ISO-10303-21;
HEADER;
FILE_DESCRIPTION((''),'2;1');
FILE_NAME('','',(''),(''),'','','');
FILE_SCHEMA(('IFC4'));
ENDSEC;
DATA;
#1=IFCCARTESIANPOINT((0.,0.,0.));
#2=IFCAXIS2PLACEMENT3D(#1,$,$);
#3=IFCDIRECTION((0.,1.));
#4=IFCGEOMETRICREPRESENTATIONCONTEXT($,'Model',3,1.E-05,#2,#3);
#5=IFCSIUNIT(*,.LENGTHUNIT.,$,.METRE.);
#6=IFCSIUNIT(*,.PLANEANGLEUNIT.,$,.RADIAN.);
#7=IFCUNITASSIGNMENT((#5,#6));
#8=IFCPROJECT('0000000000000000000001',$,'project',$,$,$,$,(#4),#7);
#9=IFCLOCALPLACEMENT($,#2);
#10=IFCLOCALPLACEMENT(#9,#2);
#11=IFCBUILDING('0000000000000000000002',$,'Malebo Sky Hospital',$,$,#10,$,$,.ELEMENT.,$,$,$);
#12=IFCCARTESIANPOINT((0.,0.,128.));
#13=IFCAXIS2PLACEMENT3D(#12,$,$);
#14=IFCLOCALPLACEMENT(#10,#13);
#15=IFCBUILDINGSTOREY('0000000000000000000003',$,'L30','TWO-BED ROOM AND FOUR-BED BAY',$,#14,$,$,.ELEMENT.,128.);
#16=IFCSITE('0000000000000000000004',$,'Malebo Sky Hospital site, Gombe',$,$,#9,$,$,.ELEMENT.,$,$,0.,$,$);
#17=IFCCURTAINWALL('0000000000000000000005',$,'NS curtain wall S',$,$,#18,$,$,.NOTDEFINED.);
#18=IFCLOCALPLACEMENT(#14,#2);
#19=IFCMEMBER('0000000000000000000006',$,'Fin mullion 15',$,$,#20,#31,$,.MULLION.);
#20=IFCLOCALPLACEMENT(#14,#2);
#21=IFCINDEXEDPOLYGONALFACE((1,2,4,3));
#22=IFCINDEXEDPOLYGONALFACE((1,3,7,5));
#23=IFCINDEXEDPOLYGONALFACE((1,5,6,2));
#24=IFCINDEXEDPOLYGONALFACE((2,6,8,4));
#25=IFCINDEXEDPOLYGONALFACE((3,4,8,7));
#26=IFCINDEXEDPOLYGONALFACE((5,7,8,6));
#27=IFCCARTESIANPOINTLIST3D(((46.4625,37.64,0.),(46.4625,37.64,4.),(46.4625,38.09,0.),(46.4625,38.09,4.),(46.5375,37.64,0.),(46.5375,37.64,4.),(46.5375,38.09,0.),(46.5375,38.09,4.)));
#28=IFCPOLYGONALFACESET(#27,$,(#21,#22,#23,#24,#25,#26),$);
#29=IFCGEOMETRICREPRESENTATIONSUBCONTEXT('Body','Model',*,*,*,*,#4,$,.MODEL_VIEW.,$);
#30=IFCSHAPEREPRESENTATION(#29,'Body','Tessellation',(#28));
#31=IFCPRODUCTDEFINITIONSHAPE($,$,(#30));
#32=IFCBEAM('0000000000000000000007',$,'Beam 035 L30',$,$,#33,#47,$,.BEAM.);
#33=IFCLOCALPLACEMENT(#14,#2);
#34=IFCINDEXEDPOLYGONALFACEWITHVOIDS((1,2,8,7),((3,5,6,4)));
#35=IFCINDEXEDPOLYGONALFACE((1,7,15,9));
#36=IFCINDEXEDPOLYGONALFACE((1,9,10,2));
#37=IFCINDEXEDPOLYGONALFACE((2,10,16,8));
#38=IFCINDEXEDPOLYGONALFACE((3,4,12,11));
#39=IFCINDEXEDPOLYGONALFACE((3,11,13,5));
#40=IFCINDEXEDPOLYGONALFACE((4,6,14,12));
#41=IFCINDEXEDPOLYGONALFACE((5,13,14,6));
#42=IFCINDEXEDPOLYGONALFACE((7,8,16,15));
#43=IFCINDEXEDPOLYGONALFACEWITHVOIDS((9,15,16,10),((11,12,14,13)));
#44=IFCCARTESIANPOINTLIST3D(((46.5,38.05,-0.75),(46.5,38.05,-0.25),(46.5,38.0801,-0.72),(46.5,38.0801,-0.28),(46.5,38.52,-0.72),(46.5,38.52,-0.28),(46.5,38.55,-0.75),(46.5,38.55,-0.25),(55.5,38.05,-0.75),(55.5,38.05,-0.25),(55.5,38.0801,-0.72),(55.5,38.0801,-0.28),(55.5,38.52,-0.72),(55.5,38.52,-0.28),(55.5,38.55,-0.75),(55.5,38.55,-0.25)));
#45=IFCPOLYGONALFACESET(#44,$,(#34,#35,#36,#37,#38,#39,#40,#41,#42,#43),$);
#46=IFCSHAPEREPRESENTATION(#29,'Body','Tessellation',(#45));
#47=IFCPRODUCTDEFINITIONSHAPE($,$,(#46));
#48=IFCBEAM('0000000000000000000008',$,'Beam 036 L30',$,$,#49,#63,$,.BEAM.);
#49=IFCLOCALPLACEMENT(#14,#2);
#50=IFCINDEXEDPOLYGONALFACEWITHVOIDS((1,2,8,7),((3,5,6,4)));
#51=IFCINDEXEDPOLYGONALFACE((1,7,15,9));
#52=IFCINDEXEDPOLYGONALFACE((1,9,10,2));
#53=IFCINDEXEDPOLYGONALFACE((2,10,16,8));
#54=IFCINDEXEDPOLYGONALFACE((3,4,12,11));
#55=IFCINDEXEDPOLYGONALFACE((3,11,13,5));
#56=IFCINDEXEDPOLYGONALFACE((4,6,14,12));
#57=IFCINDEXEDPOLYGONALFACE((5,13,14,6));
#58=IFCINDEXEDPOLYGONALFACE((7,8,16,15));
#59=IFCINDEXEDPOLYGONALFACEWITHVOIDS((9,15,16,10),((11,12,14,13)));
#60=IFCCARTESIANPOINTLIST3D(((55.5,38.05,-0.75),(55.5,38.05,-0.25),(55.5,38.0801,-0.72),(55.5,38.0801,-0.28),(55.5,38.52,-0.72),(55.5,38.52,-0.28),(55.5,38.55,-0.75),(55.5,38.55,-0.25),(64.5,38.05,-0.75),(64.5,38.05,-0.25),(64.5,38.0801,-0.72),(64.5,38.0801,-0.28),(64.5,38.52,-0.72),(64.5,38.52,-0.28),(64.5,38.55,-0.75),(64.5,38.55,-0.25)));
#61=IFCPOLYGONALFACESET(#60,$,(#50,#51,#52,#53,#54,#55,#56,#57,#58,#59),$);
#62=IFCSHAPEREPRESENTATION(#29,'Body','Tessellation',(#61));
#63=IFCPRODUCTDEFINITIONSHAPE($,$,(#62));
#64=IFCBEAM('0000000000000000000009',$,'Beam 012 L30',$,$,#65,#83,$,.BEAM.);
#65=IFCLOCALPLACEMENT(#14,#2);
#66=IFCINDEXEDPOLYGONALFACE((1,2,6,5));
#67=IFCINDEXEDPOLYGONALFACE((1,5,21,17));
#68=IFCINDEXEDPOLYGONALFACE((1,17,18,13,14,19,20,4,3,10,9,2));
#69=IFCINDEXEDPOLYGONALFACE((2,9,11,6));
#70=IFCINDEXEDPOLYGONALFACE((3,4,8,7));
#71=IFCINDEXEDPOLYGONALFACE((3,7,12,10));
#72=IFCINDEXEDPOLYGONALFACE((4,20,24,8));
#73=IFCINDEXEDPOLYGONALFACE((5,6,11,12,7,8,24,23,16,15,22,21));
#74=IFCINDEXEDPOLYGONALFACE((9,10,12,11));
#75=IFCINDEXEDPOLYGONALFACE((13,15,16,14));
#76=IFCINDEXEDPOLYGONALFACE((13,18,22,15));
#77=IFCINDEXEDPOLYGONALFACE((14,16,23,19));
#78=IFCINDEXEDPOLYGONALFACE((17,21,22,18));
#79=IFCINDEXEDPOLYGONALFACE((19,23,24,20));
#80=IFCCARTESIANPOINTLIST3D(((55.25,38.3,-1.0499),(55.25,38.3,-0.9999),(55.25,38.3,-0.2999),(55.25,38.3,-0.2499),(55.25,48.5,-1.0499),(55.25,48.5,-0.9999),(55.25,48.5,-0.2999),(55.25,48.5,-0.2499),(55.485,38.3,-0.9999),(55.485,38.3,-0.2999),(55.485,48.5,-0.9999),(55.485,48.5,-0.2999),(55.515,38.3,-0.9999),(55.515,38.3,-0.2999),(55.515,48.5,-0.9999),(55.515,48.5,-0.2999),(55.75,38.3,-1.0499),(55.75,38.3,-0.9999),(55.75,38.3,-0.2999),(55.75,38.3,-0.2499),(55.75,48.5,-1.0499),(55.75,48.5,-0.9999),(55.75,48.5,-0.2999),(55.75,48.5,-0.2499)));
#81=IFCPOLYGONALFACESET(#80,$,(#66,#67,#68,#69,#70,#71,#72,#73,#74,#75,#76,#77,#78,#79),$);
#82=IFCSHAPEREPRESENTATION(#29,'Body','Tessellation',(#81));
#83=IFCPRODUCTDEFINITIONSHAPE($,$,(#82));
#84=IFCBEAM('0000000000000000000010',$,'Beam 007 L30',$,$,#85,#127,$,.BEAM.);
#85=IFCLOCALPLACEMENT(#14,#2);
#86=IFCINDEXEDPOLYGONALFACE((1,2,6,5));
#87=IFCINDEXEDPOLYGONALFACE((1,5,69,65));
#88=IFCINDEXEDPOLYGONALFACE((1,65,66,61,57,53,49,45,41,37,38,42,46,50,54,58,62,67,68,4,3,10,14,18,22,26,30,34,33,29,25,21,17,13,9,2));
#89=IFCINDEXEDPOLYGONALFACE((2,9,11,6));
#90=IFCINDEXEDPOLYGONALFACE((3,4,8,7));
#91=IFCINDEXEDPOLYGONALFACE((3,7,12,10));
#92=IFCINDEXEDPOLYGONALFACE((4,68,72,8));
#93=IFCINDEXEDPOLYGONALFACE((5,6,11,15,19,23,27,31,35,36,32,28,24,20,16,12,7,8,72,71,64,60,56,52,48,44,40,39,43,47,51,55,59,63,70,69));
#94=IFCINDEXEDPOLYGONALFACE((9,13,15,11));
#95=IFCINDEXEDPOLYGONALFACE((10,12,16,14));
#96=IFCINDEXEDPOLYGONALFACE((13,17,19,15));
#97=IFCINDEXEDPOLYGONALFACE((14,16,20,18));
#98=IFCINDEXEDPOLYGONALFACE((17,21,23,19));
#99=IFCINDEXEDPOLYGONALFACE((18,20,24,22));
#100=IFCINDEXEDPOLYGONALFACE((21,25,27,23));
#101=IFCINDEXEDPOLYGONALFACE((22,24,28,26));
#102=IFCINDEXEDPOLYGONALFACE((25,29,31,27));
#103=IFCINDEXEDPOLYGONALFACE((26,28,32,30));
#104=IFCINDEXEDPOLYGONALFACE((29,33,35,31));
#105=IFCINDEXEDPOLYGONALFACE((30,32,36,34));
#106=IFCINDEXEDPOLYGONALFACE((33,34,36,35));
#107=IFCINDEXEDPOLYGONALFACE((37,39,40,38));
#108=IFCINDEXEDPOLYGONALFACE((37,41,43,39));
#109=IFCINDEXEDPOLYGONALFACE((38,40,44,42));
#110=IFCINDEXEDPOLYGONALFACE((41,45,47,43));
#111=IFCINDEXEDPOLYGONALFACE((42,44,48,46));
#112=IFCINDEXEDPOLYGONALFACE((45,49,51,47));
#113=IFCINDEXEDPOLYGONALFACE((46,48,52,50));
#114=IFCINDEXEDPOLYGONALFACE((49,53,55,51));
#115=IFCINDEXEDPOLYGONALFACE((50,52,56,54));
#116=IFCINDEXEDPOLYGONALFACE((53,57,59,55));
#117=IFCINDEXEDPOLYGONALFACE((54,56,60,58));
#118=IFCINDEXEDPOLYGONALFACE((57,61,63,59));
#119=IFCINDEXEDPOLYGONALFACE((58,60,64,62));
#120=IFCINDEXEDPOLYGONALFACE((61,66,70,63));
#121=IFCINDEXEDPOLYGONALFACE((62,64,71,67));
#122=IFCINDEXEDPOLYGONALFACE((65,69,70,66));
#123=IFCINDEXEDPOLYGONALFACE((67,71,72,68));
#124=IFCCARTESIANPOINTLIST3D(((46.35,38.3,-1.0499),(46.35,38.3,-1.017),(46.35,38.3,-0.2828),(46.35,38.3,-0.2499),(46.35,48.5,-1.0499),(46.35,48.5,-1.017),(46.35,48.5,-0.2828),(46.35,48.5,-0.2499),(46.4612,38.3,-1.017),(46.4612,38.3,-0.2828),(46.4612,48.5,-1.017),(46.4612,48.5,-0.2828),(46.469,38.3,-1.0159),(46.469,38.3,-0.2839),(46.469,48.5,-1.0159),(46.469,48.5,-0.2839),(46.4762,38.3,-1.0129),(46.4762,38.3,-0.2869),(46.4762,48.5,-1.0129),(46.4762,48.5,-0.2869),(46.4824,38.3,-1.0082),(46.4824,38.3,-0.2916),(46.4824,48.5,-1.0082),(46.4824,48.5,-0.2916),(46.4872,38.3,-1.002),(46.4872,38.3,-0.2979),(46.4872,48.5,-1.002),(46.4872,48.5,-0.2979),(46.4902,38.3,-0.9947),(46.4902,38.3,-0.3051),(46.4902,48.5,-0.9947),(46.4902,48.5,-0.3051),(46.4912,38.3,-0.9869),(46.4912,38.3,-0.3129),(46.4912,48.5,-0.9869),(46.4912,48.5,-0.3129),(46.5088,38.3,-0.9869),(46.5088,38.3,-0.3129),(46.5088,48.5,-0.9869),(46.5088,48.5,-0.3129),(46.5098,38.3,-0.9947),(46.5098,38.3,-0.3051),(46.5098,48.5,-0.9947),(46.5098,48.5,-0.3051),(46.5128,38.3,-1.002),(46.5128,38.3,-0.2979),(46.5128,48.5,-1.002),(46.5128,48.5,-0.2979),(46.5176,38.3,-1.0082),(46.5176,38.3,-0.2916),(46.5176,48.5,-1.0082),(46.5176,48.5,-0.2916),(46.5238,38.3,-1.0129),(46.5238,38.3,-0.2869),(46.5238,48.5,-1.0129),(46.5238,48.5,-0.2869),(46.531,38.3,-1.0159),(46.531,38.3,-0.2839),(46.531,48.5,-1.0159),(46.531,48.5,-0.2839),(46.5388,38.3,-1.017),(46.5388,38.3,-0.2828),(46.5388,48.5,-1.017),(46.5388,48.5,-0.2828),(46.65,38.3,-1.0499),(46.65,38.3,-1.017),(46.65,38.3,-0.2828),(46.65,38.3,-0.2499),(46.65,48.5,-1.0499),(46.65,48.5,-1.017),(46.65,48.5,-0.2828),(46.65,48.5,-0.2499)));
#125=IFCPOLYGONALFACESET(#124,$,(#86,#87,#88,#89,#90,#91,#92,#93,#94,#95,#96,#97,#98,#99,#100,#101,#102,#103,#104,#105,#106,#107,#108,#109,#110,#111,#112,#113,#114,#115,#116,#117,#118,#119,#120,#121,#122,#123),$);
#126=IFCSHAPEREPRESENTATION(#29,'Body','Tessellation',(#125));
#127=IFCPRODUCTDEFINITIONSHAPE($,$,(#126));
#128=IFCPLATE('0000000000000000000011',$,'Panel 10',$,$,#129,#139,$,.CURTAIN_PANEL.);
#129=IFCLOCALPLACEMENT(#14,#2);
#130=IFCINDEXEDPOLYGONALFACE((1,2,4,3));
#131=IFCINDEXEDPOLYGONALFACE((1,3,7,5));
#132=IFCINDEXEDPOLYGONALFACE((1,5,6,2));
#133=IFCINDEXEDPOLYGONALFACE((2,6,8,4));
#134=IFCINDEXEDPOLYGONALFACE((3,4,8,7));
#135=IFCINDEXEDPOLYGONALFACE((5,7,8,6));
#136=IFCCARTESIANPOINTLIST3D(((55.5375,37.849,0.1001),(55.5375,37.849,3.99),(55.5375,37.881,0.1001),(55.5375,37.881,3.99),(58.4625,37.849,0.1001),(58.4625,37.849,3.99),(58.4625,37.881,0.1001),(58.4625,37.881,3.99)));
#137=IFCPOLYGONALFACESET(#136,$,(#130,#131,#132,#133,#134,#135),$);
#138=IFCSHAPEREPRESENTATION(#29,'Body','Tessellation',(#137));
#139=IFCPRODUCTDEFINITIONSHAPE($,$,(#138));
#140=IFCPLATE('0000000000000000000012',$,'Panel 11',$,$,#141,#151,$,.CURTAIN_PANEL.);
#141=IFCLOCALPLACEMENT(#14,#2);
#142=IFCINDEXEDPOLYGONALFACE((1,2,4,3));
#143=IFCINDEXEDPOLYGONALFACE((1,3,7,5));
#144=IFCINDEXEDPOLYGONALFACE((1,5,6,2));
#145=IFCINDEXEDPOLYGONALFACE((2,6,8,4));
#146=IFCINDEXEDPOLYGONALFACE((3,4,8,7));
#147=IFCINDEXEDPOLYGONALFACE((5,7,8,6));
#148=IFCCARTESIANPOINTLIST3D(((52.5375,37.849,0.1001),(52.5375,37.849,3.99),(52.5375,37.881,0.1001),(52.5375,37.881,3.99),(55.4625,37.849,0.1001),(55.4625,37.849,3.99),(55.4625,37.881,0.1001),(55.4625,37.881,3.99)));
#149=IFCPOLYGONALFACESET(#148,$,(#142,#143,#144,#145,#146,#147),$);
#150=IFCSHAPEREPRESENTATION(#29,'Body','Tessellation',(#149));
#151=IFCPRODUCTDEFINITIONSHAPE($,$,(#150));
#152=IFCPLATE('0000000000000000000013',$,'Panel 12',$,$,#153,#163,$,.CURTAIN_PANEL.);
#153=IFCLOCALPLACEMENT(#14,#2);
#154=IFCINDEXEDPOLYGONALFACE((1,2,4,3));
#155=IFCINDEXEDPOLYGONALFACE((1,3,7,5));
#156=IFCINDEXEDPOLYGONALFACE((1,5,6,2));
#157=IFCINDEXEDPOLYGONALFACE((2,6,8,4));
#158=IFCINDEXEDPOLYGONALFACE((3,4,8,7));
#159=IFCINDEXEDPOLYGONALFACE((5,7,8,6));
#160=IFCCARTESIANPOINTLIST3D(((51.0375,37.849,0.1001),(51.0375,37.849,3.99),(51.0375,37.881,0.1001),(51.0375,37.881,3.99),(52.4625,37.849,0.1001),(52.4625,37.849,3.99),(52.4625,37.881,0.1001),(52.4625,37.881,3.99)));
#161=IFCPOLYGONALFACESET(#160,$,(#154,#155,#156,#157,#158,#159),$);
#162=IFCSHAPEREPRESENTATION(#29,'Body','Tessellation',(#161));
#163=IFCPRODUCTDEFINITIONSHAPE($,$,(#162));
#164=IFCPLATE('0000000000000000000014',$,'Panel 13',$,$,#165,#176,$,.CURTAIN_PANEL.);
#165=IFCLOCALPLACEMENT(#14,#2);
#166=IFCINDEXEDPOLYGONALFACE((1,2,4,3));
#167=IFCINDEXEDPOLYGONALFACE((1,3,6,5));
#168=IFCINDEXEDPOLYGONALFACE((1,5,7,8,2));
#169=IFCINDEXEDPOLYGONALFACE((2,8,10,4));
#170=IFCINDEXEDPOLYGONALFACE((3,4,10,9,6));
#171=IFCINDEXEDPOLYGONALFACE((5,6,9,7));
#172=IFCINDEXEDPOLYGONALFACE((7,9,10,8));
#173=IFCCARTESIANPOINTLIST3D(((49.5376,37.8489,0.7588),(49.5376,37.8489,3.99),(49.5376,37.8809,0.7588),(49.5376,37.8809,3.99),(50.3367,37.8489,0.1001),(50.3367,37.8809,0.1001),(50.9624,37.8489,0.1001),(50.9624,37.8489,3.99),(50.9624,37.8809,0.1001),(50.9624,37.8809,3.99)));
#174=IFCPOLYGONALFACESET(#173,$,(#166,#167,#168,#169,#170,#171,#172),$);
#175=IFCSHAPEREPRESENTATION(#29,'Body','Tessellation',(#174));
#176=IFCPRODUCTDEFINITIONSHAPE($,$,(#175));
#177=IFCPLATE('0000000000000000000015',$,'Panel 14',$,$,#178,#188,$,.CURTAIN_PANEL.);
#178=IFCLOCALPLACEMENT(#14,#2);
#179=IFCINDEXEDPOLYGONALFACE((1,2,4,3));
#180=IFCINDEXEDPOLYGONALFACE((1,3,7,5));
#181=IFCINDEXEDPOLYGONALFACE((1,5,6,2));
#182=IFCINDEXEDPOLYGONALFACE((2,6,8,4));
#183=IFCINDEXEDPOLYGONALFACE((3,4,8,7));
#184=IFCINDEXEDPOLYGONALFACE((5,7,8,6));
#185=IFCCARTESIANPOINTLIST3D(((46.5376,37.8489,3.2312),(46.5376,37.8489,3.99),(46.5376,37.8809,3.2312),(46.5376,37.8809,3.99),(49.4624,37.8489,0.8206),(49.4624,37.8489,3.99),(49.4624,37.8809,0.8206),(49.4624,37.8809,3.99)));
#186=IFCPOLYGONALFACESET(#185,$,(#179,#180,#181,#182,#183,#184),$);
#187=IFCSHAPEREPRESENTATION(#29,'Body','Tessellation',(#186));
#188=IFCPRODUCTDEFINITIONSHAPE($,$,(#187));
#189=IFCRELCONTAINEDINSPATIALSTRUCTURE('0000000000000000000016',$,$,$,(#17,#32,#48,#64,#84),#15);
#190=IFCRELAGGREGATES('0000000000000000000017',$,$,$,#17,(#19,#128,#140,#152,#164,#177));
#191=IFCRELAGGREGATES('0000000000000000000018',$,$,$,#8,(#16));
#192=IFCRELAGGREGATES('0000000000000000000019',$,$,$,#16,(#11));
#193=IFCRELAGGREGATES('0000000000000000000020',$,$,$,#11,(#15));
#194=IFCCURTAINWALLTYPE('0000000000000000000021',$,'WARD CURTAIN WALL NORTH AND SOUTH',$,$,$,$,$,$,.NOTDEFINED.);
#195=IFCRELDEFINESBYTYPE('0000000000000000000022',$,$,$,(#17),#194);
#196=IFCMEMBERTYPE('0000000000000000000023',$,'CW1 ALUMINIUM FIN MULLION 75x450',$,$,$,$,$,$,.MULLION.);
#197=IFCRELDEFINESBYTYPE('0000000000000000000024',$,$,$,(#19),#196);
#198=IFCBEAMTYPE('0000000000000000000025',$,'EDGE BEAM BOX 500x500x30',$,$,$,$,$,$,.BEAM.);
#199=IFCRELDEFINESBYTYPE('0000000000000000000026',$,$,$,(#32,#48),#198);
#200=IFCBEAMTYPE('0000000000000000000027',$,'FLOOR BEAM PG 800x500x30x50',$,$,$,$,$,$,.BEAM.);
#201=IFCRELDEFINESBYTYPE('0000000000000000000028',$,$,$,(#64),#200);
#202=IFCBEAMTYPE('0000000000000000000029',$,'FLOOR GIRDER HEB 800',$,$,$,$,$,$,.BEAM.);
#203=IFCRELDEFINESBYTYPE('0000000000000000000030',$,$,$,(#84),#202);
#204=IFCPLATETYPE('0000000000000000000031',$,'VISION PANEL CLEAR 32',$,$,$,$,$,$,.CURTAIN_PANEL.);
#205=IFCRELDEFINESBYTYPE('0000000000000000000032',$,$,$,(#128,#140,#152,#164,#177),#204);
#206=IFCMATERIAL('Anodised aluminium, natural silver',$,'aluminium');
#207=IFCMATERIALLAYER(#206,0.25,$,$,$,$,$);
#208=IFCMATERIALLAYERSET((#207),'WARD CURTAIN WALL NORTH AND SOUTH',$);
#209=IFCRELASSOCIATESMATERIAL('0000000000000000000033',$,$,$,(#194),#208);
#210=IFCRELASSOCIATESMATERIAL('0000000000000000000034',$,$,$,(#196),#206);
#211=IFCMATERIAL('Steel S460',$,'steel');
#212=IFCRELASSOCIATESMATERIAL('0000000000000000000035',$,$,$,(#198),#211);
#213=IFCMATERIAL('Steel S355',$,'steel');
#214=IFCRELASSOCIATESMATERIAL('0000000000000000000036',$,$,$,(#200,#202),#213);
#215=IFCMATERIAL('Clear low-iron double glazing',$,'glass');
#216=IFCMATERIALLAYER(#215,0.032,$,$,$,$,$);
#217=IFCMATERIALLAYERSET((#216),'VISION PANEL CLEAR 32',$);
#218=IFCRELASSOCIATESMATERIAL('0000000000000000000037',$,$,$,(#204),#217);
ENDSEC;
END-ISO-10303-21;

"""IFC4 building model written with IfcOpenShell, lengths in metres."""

from ifc_helpers import new_model, si_unit, direction, frame, origin, origin_2d, place, context, subcontext, project, spatial, polyline, rectangle, hollow_rectangle, i_section, outline, extrude, material, layer, layer_set, material_profile, profile_set, type_object, element, aggregate, save


model = new_model("IFC4")

# Units and contexts
model_context = context("Model", 3, precision=1e-05, world=origin(), true_north=direction((0.0, 1.0)))
body_context = subcontext(model_context, "Body", "Model", "MODEL_VIEW")
ifc_project = project(units=[si_unit("LENGTHUNIT", "METRE"), si_unit("PLANEANGLEUNIT", "RADIAN")], contexts=[model_context])

# Site, building, storey
site_placement = place(None, origin())
site = spatial("IfcSite", under=ifc_project, at=site_placement, Name="Malebo Sky Hospital site, Gombe", CompositionType="ELEMENT", RefElevation=0.0)
building_placement = place(site_placement, origin())
building = spatial("IfcBuilding", under=site, at=building_placement, Name="Malebo Sky Hospital", CompositionType="ELEMENT")
storey_placement = place(building_placement, frame((0.0, 0.0, 128.0)))
storey = spatial("IfcBuildingStorey", under=building, at=storey_placement, Name="L30", Description="TWO-BED ROOM AND FOUR-BED BAY", CompositionType="ELEMENT", Elevation=128.0)

# Shared definitions
ifc_material_1 = material(Name="Steel S460", Category="steel")

# Curtain wall
ifc_material_2 = material(Name="Anodised aluminium, natural silver", Category="aluminium")
ifc_layer_1 = layer(ifc_material_2, 0.25)
ifc_layer_set_1 = layer_set([ifc_layer_1], Name="WARD CURTAIN WALL NORTH AND SOUTH")
curtain_wall_type = type_object("IfcCurtainWallType", Name="WARD CURTAIN WALL NORTH AND SOUTH", PredefinedType="NOTDEFINED", material=ifc_layer_set_1)
curtain_wall_placement = place(storey_placement, origin())
curtain_wall = element("IfcCurtainWall", 1, at=curtain_wall_placement, inside=storey, type_object=curtain_wall_type, Name="NS curtain wall S", PredefinedType="NOTDEFINED")

# Member
ifc_material_3 = material(Name="Steel S355", Category="steel")
ifc_material_profile_1 = material_profile(ifc_material_2, rectangle(XDim=0.075, YDim=0.45, at=origin_2d()), Name="CW1 ALUMINIUM FIN MULLION 75x450")
ifc_profile_set_1 = profile_set([ifc_material_profile_1], Name="Anodised aluminium, natural silver")
member_type_1 = type_object("IfcMemberType", Name="CW1 ALUMINIUM FIN MULLION 75x450", PredefinedType="MULLION", material=ifc_profile_set_1)
member_1_placement = place(storey_placement, frame((46.5, 37.865, 0.0), z_axis=(0.0, 0.0, 1.0), x_axis=(-1.0, 0.0, 0.0)))
member_1 = element("IfcMember", 2, at=member_1_placement, type_object=member_type_1, Name="Fin mullion 15", PredefinedType="MULLION", context=body_context, shape_type="SweptSolid", body=[
    extrude(rectangle(XDim=0.075, YDim=0.45, at=origin_2d()), origin(), (0.0, 0.0, 1.0), 4.0),
])

# Beams
ifc_material_profile_2 = material_profile(ifc_material_1, hollow_rectangle(XDim=0.5, YDim=0.5, WallThickness=0.03, at=origin_2d()), Name="BOX 500x500x30")
ifc_profile_set_2 = profile_set([ifc_material_profile_2], Name="Steel S460")
beam_type_1 = type_object("IfcBeamType", Name="EDGE BEAM BOX 500x500x30", PredefinedType="BEAM", material=ifc_profile_set_2)
for number, where, z_axis, x_axis, name in (
    (3, (46.5, 38.3, -0.5), (1.0, 0.0, 0.0), (0.0, 1.0, 0.0), "Beam 035 L30"),
    (4, (55.5, 38.3, -0.5), (1.0, 0.0, 0.0), (0.0, 1.0, 0.0), "Beam 036 L30"),
):
    element("IfcBeam", number, at=place(storey_placement, frame(where, z_axis=z_axis, x_axis=x_axis)), inside=storey, type_object=beam_type_1, Name=name, PredefinedType="BEAM", context=body_context, shape_type="SweptSolid", body=[
        extrude(hollow_rectangle(XDim=0.5, YDim=0.5, WallThickness=0.03, at=origin_2d()), origin(), (0.0, 0.0, 1.0), 9.0),
    ])
ifc_material_profile_3 = material_profile(ifc_material_3, i_section(OverallWidth=0.5, OverallDepth=0.8, WebThickness=0.03, FlangeThickness=0.05, at=origin_2d()), Name="PG 800x500x30x50")
ifc_profile_set_3 = profile_set([ifc_material_profile_3], Name="Steel S355")
beam_type_2 = type_object("IfcBeamType", Name="FLOOR BEAM PG 800x500x30x50", PredefinedType="BEAM", material=ifc_profile_set_3)
beam_1_placement = place(storey_placement, frame((55.5, 38.3, -0.6499), z_axis=(0.0, 1.0, 0.0), x_axis=(-1.0, 0.0, 0.0)))
element("IfcBeam", 5, at=beam_1_placement, inside=storey, type_object=beam_type_2, Name="Beam 012 L30", PredefinedType="BEAM", context=body_context, shape_type="SweptSolid", body=[
    extrude(i_section(OverallWidth=0.5, OverallDepth=0.8, WebThickness=0.03, FlangeThickness=0.05, at=origin_2d()), origin(), (0.0, 0.0, 1.0), 10.2),
])
ifc_material_profile_4 = material_profile(ifc_material_3, i_section(OverallWidth=0.3, OverallDepth=0.8, WebThickness=0.0176, FlangeThickness=0.033, FilletRadius=0.03, at=origin_2d()), Name="HEB 800")
ifc_profile_set_4 = profile_set([ifc_material_profile_4], Name="Steel S355")
beam_type_3 = type_object("IfcBeamType", Name="FLOOR GIRDER HEB 800", PredefinedType="BEAM", material=ifc_profile_set_4)
beam_2_placement = place(storey_placement, frame((46.5, 38.3, -0.6499), z_axis=(0.0, 1.0, 0.0), x_axis=(-1.0, 0.0, 0.0)))
element("IfcBeam", 6, at=beam_2_placement, inside=storey, type_object=beam_type_3, Name="Beam 007 L30", PredefinedType="BEAM", context=body_context, shape_type="SweptSolid", body=[
    extrude(i_section(OverallWidth=0.3, OverallDepth=0.8, WebThickness=0.0176, FlangeThickness=0.033, FilletRadius=0.03, at=origin_2d()), origin(), (0.0, 0.0, 1.0), 10.2),
])

# Plates
ifc_material_4 = material(Name="Clear low-iron double glazing", Category="glass")
ifc_layer_2 = layer(ifc_material_4, 0.032)
ifc_layer_set_2 = layer_set([ifc_layer_2], Name="VISION PANEL CLEAR 32")
plate_type = type_object("IfcPlateType", Name="VISION PANEL CLEAR 32", PredefinedType="CURTAIN_PANEL", material=ifc_layer_set_2)
plate_1_placement = place(storey_placement, frame((57.0, 37.865, 0.1001), z_axis=(0.0, 0.0, 1.0), x_axis=(-1.0, 0.0, 0.0)))
plate_1 = element("IfcPlate", 7, at=plate_1_placement, type_object=plate_type, Name="Panel 10", PredefinedType="CURTAIN_PANEL", context=body_context, shape_type="SweptSolid", body=[
    extrude(rectangle(XDim=2.925, YDim=0.032, at=origin_2d()), origin(), (0.0, 0.0, 1.0), 3.8899),
])
plate_2_placement = place(storey_placement, frame((54.0, 37.865, 0.1001), z_axis=(0.0, 0.0, 1.0), x_axis=(-1.0, 0.0, 0.0)))
plate_2 = element("IfcPlate", 8, at=plate_2_placement, type_object=plate_type, Name="Panel 11", PredefinedType="CURTAIN_PANEL", context=body_context, shape_type="SweptSolid", body=[
    extrude(rectangle(XDim=2.925, YDim=0.032, at=origin_2d()), origin(), (0.0, 0.0, 1.0), 3.8899),
])
plate_3_placement = place(storey_placement, frame((51.75, 37.865, 0.1001), z_axis=(0.0, 0.0, 1.0), x_axis=(-1.0, 0.0, 0.0)))
plate_3 = element("IfcPlate", 9, at=plate_3_placement, type_object=plate_type, Name="Panel 12", PredefinedType="CURTAIN_PANEL", context=body_context, shape_type="SweptSolid", body=[
    extrude(rectangle(XDim=1.425, YDim=0.032, at=origin_2d()), origin(), (0.0, 0.0, 1.0), 3.8899),
])
plate_4_placement = place(storey_placement, frame((50.25, 37.865, 0.1001), z_axis=(0.0, 0.0, 1.0), x_axis=(-1.0, 0.0, 0.0)))
plate_4 = element("IfcPlate", 10, at=plate_4_placement, type_object=plate_type, Name="Panel 13", PredefinedType="CURTAIN_PANEL", context=body_context, shape_type="SweptSolid", body=[
    extrude(outline(polyline([(-0.7124, 0.0), (-0.0867, 0.0), (0.7124, 0.6587), (0.7124, 3.8899), (-0.7124, 3.8899), (-0.7124, 0.0)])), frame((0.0, 0.0161, 0.0), z_axis=(0.0, -1.0, 0.0), x_axis=(1.0, 0.0, 0.0)), (0.0, 0.0, 1.0), 0.032),
])
plate_5_placement = place(storey_placement, frame((48.0, 37.865, 0.8206), z_axis=(0.0, 0.0, 1.0), x_axis=(-1.0, 0.0, 0.0)))
plate_5 = element("IfcPlate", 11, at=plate_5_placement, type_object=plate_type, Name="Panel 14", PredefinedType="CURTAIN_PANEL", context=body_context, shape_type="SweptSolid", body=[
    extrude(outline(polyline([(-1.4624, 0.0), (1.4624, 2.4106), (1.4624, 3.1694), (-1.4624, 3.1694), (-1.4624, 0.0)])), frame((0.0, 0.0161, 0.0), z_axis=(0.0, -1.0, 0.0), x_axis=(1.0, 0.0, 0.0)), (0.0, 0.0, 1.0), 0.032),
])
aggregate(curtain_wall, [member_1, plate_1, plate_2, plate_3, plate_4, plate_5])

save(model, "model.ifc")
